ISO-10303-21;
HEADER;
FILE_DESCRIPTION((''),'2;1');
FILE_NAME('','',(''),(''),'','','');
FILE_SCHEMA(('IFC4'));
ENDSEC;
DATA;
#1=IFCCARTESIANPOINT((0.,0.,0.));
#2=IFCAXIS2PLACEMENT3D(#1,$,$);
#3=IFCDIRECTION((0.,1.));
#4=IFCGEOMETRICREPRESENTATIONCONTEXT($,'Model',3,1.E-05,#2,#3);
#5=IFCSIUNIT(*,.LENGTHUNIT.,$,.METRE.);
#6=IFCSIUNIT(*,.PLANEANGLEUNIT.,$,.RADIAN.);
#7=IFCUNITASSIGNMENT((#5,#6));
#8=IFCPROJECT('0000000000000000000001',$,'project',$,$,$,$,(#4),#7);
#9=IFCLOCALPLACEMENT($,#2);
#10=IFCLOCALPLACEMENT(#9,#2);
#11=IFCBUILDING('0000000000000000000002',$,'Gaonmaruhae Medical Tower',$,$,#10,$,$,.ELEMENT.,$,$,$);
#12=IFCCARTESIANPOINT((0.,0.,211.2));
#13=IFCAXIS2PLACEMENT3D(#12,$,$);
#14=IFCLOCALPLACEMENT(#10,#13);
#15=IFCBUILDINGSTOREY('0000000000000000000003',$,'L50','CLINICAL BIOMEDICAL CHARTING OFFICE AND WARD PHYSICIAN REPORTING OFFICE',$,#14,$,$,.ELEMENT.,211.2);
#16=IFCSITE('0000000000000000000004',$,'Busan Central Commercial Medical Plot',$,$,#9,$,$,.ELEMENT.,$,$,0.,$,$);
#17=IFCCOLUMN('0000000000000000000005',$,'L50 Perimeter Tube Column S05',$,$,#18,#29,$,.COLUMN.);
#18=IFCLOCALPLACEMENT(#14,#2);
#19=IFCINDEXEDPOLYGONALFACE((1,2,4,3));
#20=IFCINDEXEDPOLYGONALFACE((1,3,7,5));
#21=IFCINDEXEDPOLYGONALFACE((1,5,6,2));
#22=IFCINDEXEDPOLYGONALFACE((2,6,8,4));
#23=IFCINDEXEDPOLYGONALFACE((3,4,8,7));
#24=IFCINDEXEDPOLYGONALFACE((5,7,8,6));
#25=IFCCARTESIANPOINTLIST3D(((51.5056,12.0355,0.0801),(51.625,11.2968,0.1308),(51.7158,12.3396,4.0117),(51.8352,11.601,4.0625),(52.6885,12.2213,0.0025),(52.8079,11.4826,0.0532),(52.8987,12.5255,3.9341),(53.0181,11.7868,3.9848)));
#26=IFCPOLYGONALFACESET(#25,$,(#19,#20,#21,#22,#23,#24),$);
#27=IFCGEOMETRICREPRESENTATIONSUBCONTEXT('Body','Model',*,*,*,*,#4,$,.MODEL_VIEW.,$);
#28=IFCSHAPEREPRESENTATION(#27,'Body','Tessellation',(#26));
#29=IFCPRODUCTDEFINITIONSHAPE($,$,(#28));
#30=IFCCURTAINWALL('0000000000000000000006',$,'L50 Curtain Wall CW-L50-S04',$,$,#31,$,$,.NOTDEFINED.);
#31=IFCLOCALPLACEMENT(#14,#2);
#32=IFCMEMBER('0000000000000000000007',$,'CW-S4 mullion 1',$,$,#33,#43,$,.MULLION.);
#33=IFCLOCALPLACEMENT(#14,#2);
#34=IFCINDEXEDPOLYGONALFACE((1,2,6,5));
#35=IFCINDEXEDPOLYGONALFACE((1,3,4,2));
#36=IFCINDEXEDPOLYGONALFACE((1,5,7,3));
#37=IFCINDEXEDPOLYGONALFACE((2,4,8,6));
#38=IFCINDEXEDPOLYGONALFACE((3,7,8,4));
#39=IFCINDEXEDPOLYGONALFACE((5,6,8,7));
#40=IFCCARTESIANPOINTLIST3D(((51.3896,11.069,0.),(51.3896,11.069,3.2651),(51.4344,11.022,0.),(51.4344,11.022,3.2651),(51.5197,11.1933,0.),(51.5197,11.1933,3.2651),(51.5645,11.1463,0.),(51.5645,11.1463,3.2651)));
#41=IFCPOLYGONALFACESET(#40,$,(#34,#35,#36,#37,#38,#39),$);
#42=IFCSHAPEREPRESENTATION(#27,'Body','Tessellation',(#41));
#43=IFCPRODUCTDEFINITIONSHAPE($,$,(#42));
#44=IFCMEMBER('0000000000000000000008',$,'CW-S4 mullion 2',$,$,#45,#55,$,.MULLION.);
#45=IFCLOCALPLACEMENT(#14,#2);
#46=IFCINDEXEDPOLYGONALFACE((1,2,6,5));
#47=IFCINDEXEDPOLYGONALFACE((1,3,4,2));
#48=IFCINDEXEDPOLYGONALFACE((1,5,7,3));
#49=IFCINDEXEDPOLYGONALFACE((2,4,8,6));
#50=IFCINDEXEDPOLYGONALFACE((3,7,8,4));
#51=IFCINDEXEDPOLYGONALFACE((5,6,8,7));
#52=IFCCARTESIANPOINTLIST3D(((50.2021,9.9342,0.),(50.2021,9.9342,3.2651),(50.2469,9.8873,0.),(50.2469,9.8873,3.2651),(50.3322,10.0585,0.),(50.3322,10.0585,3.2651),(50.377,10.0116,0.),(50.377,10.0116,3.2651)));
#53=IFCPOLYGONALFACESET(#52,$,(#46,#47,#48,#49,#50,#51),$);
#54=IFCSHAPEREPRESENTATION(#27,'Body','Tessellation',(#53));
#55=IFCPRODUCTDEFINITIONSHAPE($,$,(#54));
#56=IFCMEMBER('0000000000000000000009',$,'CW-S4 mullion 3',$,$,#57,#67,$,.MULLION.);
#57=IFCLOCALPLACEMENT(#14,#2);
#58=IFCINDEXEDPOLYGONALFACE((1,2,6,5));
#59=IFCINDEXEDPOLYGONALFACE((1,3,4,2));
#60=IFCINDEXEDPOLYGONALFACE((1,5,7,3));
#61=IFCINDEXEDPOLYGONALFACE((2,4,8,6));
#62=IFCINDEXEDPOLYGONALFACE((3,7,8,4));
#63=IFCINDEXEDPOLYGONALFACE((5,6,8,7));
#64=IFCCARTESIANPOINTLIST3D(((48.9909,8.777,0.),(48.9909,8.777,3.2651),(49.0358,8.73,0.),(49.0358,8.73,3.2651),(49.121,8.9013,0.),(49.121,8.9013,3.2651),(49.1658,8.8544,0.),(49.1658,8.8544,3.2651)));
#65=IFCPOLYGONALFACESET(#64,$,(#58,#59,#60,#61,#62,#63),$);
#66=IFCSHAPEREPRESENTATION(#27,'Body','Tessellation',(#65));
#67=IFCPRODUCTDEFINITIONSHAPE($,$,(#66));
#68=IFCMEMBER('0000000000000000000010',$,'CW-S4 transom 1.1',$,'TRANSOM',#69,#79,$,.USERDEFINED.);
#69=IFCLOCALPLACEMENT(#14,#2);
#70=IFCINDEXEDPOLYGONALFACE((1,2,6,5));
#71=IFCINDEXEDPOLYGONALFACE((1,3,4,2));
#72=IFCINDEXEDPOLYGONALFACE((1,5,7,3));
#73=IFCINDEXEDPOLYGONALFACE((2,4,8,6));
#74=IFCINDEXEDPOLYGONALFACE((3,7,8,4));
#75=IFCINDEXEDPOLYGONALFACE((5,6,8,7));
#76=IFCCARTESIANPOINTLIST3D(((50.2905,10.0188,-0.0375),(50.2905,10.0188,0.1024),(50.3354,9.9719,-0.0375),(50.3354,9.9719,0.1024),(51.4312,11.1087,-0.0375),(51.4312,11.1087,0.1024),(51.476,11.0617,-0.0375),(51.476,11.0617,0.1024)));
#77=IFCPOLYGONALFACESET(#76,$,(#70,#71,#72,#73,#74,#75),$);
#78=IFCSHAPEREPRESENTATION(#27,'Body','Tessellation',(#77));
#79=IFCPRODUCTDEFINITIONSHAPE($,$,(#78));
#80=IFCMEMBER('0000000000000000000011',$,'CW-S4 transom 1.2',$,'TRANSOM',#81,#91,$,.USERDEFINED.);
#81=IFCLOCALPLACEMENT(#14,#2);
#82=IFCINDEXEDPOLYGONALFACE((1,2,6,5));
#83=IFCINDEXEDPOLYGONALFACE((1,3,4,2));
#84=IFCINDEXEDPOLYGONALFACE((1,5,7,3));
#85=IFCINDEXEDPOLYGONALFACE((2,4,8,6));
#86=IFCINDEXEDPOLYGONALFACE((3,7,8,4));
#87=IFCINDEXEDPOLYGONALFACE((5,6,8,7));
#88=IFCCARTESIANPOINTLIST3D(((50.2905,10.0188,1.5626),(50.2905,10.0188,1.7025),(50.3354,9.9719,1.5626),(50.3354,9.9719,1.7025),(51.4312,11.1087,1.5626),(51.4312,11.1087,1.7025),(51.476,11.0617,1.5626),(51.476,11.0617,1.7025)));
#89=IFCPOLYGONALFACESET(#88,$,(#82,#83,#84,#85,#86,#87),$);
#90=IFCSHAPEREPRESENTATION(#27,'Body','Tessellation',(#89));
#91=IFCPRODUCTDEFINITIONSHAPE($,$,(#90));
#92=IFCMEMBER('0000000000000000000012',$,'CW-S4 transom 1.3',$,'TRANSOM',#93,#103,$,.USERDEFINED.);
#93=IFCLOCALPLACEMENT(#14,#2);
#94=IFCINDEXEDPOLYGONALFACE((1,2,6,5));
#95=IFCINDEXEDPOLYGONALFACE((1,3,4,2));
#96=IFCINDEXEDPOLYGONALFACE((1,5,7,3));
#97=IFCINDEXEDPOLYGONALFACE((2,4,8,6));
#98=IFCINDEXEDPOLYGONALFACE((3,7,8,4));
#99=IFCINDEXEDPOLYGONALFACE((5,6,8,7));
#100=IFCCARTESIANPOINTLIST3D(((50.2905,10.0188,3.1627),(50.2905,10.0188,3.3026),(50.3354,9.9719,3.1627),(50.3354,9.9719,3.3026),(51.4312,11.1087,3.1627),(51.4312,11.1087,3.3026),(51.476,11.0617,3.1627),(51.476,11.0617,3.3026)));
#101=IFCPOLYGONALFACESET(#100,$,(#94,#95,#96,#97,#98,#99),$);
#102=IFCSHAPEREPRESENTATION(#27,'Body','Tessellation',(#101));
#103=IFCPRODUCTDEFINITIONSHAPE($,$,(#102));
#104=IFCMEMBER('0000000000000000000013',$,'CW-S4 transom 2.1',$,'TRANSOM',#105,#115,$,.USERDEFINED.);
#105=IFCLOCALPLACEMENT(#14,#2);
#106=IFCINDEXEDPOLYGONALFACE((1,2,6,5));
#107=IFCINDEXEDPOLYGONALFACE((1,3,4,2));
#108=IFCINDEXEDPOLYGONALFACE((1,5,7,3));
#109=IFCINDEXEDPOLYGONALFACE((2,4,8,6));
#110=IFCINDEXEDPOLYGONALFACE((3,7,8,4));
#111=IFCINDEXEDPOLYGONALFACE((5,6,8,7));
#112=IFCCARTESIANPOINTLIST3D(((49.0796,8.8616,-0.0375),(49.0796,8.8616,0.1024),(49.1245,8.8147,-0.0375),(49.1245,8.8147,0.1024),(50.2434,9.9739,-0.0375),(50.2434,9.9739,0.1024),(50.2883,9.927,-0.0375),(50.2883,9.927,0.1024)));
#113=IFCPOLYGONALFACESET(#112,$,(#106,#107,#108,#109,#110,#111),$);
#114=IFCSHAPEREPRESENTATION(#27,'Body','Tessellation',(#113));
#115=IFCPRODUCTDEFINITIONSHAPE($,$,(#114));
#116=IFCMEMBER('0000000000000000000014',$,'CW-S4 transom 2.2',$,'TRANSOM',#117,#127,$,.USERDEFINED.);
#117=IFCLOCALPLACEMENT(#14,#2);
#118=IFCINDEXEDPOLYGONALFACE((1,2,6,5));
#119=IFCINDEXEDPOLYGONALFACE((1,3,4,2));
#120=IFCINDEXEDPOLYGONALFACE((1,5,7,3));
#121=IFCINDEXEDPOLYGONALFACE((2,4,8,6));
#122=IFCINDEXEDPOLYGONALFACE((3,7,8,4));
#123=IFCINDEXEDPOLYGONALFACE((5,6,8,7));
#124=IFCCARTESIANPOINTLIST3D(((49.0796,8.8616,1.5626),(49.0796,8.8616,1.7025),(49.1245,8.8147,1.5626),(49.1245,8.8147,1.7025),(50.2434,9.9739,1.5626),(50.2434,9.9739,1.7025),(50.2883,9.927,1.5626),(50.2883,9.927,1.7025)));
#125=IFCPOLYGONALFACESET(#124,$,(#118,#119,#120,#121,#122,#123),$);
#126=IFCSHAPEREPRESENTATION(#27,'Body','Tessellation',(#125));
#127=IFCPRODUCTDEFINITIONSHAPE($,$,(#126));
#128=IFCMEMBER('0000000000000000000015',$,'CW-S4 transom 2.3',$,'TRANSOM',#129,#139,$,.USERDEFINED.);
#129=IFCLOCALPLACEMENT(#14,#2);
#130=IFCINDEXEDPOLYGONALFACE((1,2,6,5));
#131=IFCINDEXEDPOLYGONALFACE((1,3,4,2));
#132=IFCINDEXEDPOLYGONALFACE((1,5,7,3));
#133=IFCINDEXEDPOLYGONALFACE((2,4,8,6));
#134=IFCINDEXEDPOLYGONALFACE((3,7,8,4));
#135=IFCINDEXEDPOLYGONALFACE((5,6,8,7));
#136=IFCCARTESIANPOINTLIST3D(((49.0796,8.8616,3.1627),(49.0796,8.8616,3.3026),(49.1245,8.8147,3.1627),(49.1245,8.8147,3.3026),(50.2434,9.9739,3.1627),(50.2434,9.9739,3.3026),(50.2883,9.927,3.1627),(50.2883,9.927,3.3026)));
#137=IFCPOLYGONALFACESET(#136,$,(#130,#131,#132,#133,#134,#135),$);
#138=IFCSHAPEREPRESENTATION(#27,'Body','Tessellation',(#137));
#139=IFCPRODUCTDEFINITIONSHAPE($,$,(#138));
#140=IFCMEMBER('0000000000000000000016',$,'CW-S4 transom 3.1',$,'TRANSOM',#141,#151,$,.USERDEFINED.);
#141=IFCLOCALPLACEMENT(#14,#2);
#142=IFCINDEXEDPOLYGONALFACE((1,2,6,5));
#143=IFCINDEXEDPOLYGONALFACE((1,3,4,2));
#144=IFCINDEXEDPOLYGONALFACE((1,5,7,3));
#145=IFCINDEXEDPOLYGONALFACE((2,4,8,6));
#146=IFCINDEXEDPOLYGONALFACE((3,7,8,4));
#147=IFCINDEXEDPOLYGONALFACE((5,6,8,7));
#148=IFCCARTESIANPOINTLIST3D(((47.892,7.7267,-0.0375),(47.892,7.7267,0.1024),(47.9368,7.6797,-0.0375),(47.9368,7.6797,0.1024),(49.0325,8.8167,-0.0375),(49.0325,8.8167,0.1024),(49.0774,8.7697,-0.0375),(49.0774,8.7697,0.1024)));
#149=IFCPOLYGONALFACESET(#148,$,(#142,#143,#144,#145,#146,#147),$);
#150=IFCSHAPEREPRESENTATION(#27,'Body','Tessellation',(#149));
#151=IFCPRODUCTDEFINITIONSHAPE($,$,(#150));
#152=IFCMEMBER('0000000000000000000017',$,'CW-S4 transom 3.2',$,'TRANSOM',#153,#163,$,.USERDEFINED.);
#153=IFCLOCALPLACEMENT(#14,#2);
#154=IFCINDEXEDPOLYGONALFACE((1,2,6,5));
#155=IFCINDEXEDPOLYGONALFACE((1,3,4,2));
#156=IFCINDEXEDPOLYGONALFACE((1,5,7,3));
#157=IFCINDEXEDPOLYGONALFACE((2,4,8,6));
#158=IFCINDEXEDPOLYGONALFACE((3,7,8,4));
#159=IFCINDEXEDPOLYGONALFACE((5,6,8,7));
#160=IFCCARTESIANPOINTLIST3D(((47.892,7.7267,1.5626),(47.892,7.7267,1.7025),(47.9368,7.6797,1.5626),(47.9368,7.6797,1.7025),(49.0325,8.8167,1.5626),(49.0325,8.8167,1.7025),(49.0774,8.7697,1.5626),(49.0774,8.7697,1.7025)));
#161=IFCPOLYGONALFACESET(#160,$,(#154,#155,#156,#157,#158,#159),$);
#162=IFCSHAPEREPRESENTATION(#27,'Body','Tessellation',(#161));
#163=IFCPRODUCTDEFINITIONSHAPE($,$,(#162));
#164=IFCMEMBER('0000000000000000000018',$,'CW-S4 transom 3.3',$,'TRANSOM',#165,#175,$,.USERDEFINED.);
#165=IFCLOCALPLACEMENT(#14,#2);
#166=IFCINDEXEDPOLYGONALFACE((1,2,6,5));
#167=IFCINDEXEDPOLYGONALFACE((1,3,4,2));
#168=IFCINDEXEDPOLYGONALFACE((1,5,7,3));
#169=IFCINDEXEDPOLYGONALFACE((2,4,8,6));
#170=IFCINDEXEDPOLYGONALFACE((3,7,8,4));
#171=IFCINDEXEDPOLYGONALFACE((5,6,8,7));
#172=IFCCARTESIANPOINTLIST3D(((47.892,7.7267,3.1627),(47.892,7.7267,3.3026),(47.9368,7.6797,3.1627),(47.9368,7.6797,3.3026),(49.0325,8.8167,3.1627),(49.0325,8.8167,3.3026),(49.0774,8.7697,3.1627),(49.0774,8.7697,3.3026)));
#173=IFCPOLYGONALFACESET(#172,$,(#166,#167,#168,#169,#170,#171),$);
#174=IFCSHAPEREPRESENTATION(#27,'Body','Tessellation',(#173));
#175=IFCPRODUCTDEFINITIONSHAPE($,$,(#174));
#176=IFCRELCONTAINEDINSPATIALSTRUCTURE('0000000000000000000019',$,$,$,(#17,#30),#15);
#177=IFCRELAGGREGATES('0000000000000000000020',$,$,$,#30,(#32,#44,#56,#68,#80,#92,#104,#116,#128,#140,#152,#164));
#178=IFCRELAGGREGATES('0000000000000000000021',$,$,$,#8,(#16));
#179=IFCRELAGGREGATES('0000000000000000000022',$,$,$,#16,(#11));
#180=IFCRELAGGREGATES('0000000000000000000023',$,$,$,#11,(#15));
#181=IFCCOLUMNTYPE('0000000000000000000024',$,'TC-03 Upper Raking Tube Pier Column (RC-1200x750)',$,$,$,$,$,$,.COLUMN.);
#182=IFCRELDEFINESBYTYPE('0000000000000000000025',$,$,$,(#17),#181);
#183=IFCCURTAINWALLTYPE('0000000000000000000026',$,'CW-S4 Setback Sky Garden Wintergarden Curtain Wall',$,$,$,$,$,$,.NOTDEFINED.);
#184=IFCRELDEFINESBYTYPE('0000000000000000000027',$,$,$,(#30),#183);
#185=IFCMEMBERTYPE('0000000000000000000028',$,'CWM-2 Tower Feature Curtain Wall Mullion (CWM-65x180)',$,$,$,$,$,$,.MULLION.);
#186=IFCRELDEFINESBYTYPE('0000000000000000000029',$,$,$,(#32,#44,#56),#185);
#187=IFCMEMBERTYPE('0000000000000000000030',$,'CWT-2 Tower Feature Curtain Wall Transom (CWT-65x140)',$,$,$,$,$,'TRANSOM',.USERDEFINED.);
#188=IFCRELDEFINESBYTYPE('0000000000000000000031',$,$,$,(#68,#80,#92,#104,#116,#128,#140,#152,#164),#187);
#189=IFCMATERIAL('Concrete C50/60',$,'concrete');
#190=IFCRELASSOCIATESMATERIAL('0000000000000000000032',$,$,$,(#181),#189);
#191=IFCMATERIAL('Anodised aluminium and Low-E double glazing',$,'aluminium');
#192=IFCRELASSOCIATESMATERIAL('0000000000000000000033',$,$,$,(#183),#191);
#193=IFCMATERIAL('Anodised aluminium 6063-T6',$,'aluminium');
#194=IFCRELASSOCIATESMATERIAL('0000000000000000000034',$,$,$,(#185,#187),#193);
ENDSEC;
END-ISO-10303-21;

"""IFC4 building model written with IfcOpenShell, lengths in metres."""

from ifc_helpers import new_model, si_unit, direction, frame, origin, origin_2d, place, context, subcontext, project, spatial, rectangle, extrude, material, material_profile, profile_set, type_object, element, aggregate, save


model = new_model("IFC4")

# Units and contexts
model_context = context("Model", 3, precision=1e-05, world=origin(), true_north=direction((0.0, 1.0)))
body_context = subcontext(model_context, "Body", "Model", "MODEL_VIEW")
ifc_project = project(units=[si_unit("LENGTHUNIT", "METRE"), si_unit("PLANEANGLEUNIT", "RADIAN")], contexts=[model_context])

# Site, building, storey
site_placement = place(None, origin())
site = spatial("IfcSite", under=ifc_project, at=site_placement, Name="Busan Central Commercial Medical Plot", CompositionType="ELEMENT", RefElevation=0.0)
building_placement = place(site_placement, origin())
building = spatial("IfcBuilding", under=site, at=building_placement, Name="Gaonmaruhae Medical Tower", CompositionType="ELEMENT")
storey_placement = place(building_placement, frame((0.0, 0.0, 211.2)))
storey = spatial("IfcBuildingStorey", under=building, at=storey_placement, Name="L50", Description="CLINICAL BIOMEDICAL CHARTING OFFICE AND WARD PHYSICIAN REPORTING OFFICE", CompositionType="ELEMENT", Elevation=211.2)

# Column
ifc_material_1 = material(Name="Concrete C50/60", Category="concrete")
ifc_material_profile_1 = material_profile(ifc_material_1, rectangle(XDim=1.2, YDim=0.75, at=origin_2d()), Name="RC-1200x750")
ifc_profile_set_1 = profile_set([ifc_material_profile_1], Name="Concrete C50/60")
column_type = type_object("IfcColumnType", Name="TC-03 Upper Raking Tube Pier Column (RC-1200x750)", PredefinedType="COLUMN", material=ifc_profile_set_1)
column_placement = place(storey_placement, frame((52.1567, 11.759, 0.0667), z_axis=(0.05323, 0.077032, 0.995607), x_axis=(-0.985812, -0.154887, 0.06469)))
element("IfcColumn", 1, at=column_placement, inside=storey, type_object=column_type, Name="L50 Perimeter Tube Column S05", PredefinedType="COLUMN", context=body_context, shape_type="SweptSolid", body=[
    extrude(rectangle(XDim=1.2, YDim=0.75, at=origin_2d()), origin(), (0.0, 0.0, 1.0), 3.949),
])

# Curtain wall, members
ifc_material_2 = material(Name="Anodised aluminium and Low-E double glazing", Category="aluminium")
curtain_wall_type = type_object("IfcCurtainWallType", Name="CW-S4 Setback Sky Garden Wintergarden Curtain Wall", PredefinedType="NOTDEFINED", material=ifc_material_2)
curtain_wall_placement = place(storey_placement, origin())
curtain_wall = element("IfcCurtainWall", 2, at=curtain_wall_placement, inside=storey, type_object=curtain_wall_type, Name="L50 Curtain Wall CW-L50-S04", PredefinedType="NOTDEFINED")
ifc_material_3 = material(Name="Anodised aluminium 6063-T6", Category="aluminium")
ifc_material_profile_2 = material_profile(ifc_material_3, rectangle(XDim=0.0649, YDim=0.1799, at=origin_2d()), Name="CWM-65x180")
ifc_profile_set_2 = profile_set([ifc_material_profile_2], Name="Anodised aluminium 6063-T6")
member_type_1 = type_object("IfcMemberType", Name="CWM-2 Tower Feature Curtain Wall Mullion (CWM-65x180)", PredefinedType="MULLION", material=ifc_profile_set_2)
member_1_placement = place(storey_placement, frame((51.4771, 11.1077, 0.0), z_axis=(0.0, 0.0, 1.0), x_axis=(0.690886, -0.722964, 0.0)))
member_1 = element("IfcMember", 3, at=member_1_placement, type_object=member_type_1, Name="CW-S4 mullion 1", PredefinedType="MULLION", context=body_context, shape_type="SweptSolid", body=[
    extrude(rectangle(XDim=0.0649, YDim=0.1799, at=origin_2d()), origin(), (0.0, 0.0, 1.0), 3.2651),
])
member_2_placement = place(storey_placement, frame((50.2896, 9.9729, 0.0), z_axis=(0.0, 0.0, 1.0), x_axis=(0.690886, -0.722964, 0.0)))
member_2 = element("IfcMember", 4, at=member_2_placement, type_object=member_type_1, Name="CW-S4 mullion 2", PredefinedType="MULLION", context=body_context, shape_type="SweptSolid", body=[
    extrude(rectangle(XDim=0.0649, YDim=0.1799, at=origin_2d()), origin(), (0.0, 0.0, 1.0), 3.2651),
])
member_3_placement = place(storey_placement, frame((49.0784, 8.8157, 0.0), z_axis=(0.0, 0.0, 1.0), x_axis=(0.690886, -0.722964, 0.0)))
member_3 = element("IfcMember", 5, at=member_3_placement, type_object=member_type_1, Name="CW-S4 mullion 3", PredefinedType="MULLION", context=body_context, shape_type="SweptSolid", body=[
    extrude(rectangle(XDim=0.0649, YDim=0.1799, at=origin_2d()), origin(), (0.0, 0.0, 1.0), 3.2651),
])
ifc_material_profile_3 = material_profile(ifc_material_3, rectangle(XDim=0.0649, YDim=0.1399, at=origin_2d()), Name="CWT-65x140")
ifc_profile_set_3 = profile_set([ifc_material_profile_3], Name="Anodised aluminium 6063-T6")
member_type_2 = type_object("IfcMemberType", Name="CWT-2 Tower Feature Curtain Wall Transom (CWT-65x140)", ElementType="TRANSOM", PredefinedType="USERDEFINED", material=ifc_profile_set_3)
member_4_placement = place(storey_placement, frame((51.4536, 11.0852, 0.0325), z_axis=(-0.723018, -0.690829, 0.0), x_axis=(0.690829, -0.723018, 0.0)))
member_4 = element("IfcMember", 6, at=member_4_placement, type_object=member_type_2, Name="CW-S4 transom 1.1", ObjectType="TRANSOM", PredefinedType="USERDEFINED", context=body_context, shape_type="SweptSolid", body=[
    extrude(rectangle(XDim=0.0649, YDim=0.1399, at=origin_2d()), origin(), (0.0, 0.0, 1.0), 1.5776),
])
member_5_placement = place(storey_placement, frame((51.4536, 11.0852, 1.6326), z_axis=(-0.723018, -0.690829, 0.0), x_axis=(0.690829, -0.723018, 0.0)))
member_5 = element("IfcMember", 7, at=member_5_placement, type_object=member_type_2, Name="CW-S4 transom 1.2", ObjectType="TRANSOM", PredefinedType="USERDEFINED", context=body_context, shape_type="SweptSolid", body=[
    extrude(rectangle(XDim=0.0649, YDim=0.1399, at=origin_2d()), origin(), (0.0, 0.0, 1.0), 1.5776),
])
member_6_placement = place(storey_placement, frame((51.4536, 11.0852, 3.2327), z_axis=(-0.723018, -0.690829, 0.0), x_axis=(0.690829, -0.723018, 0.0)))
member_6 = element("IfcMember", 8, at=member_6_placement, type_object=member_type_2, Name="CW-S4 transom 1.3", ObjectType="TRANSOM", PredefinedType="USERDEFINED", context=body_context, shape_type="SweptSolid", body=[
    extrude(rectangle(XDim=0.0649, YDim=0.1399, at=origin_2d()), origin(), (0.0, 0.0, 1.0), 1.5776),
])
member_7_placement = place(storey_placement, frame((50.2659, 9.9504, 0.0325), z_axis=(-0.722925, -0.690926, 0.0), x_axis=(0.690926, -0.722925, 0.0)))
member_7 = element("IfcMember", 9, at=member_7_placement, type_object=member_type_2, Name="CW-S4 transom 2.1", ObjectType="TRANSOM", PredefinedType="USERDEFINED", context=body_context, shape_type="SweptSolid", body=[
    extrude(rectangle(XDim=0.0649, YDim=0.1399, at=origin_2d()), origin(), (0.0, 0.0, 1.0), 1.6099),
])
member_8_placement = place(storey_placement, frame((50.2659, 9.9504, 1.6326), z_axis=(-0.722925, -0.690926, 0.0), x_axis=(0.690926, -0.722925, 0.0)))
member_8 = element("IfcMember", 10, at=member_8_placement, type_object=member_type_2, Name="CW-S4 transom 2.2", ObjectType="TRANSOM", PredefinedType="USERDEFINED", context=body_context, shape_type="SweptSolid", body=[
    extrude(rectangle(XDim=0.0649, YDim=0.1399, at=origin_2d()), origin(), (0.0, 0.0, 1.0), 1.6099),
])
member_9_placement = place(storey_placement, frame((50.2659, 9.9504, 3.2327), z_axis=(-0.722925, -0.690926, 0.0), x_axis=(0.690926, -0.722925, 0.0)))
member_9 = element("IfcMember", 11, at=member_9_placement, type_object=member_type_2, Name="CW-S4 transom 2.3", ObjectType="TRANSOM", PredefinedType="USERDEFINED", context=body_context, shape_type="SweptSolid", body=[
    extrude(rectangle(XDim=0.0649, YDim=0.1399, at=origin_2d()), origin(), (0.0, 0.0, 1.0), 1.6099),
])
member_10_placement = place(storey_placement, frame((49.0549, 8.7932, 0.0325), z_axis=(-0.722941, -0.69091, 0.0), x_axis=(0.69091, -0.722941, 0.0)))
member_10 = element("IfcMember", 12, at=member_10_placement, type_object=member_type_2, Name="CW-S4 transom 3.1", ObjectType="TRANSOM", PredefinedType="USERDEFINED", context=body_context, shape_type="SweptSolid", body=[
    extrude(rectangle(XDim=0.0649, YDim=0.1399, at=origin_2d()), origin(), (0.0, 0.0, 1.0), 1.5776),
])
member_11_placement = place(storey_placement, frame((49.0549, 8.7932, 1.6326), z_axis=(-0.722941, -0.69091, 0.0), x_axis=(0.69091, -0.722941, 0.0)))
member_11 = element("IfcMember", 13, at=member_11_placement, type_object=member_type_2, Name="CW-S4 transom 3.2", ObjectType="TRANSOM", PredefinedType="USERDEFINED", context=body_context, shape_type="SweptSolid", body=[
    extrude(rectangle(XDim=0.0649, YDim=0.1399, at=origin_2d()), origin(), (0.0, 0.0, 1.0), 1.5776),
])
member_12_placement = place(storey_placement, frame((49.0549, 8.7932, 3.2327), z_axis=(-0.722941, -0.69091, 0.0), x_axis=(0.69091, -0.722941, 0.0)))
member_12 = element("IfcMember", 14, at=member_12_placement, type_object=member_type_2, Name="CW-S4 transom 3.3", ObjectType="TRANSOM", PredefinedType="USERDEFINED", context=body_context, shape_type="SweptSolid", body=[
    extrude(rectangle(XDim=0.0649, YDim=0.1399, at=origin_2d()), origin(), (0.0, 0.0, 1.0), 1.5776),
])

aggregate(curtain_wall, [member_1, member_2, member_3, member_4, member_5, member_6, member_7, member_8, member_9, member_10, member_11, member_12])

save(model, "model.ifc")
